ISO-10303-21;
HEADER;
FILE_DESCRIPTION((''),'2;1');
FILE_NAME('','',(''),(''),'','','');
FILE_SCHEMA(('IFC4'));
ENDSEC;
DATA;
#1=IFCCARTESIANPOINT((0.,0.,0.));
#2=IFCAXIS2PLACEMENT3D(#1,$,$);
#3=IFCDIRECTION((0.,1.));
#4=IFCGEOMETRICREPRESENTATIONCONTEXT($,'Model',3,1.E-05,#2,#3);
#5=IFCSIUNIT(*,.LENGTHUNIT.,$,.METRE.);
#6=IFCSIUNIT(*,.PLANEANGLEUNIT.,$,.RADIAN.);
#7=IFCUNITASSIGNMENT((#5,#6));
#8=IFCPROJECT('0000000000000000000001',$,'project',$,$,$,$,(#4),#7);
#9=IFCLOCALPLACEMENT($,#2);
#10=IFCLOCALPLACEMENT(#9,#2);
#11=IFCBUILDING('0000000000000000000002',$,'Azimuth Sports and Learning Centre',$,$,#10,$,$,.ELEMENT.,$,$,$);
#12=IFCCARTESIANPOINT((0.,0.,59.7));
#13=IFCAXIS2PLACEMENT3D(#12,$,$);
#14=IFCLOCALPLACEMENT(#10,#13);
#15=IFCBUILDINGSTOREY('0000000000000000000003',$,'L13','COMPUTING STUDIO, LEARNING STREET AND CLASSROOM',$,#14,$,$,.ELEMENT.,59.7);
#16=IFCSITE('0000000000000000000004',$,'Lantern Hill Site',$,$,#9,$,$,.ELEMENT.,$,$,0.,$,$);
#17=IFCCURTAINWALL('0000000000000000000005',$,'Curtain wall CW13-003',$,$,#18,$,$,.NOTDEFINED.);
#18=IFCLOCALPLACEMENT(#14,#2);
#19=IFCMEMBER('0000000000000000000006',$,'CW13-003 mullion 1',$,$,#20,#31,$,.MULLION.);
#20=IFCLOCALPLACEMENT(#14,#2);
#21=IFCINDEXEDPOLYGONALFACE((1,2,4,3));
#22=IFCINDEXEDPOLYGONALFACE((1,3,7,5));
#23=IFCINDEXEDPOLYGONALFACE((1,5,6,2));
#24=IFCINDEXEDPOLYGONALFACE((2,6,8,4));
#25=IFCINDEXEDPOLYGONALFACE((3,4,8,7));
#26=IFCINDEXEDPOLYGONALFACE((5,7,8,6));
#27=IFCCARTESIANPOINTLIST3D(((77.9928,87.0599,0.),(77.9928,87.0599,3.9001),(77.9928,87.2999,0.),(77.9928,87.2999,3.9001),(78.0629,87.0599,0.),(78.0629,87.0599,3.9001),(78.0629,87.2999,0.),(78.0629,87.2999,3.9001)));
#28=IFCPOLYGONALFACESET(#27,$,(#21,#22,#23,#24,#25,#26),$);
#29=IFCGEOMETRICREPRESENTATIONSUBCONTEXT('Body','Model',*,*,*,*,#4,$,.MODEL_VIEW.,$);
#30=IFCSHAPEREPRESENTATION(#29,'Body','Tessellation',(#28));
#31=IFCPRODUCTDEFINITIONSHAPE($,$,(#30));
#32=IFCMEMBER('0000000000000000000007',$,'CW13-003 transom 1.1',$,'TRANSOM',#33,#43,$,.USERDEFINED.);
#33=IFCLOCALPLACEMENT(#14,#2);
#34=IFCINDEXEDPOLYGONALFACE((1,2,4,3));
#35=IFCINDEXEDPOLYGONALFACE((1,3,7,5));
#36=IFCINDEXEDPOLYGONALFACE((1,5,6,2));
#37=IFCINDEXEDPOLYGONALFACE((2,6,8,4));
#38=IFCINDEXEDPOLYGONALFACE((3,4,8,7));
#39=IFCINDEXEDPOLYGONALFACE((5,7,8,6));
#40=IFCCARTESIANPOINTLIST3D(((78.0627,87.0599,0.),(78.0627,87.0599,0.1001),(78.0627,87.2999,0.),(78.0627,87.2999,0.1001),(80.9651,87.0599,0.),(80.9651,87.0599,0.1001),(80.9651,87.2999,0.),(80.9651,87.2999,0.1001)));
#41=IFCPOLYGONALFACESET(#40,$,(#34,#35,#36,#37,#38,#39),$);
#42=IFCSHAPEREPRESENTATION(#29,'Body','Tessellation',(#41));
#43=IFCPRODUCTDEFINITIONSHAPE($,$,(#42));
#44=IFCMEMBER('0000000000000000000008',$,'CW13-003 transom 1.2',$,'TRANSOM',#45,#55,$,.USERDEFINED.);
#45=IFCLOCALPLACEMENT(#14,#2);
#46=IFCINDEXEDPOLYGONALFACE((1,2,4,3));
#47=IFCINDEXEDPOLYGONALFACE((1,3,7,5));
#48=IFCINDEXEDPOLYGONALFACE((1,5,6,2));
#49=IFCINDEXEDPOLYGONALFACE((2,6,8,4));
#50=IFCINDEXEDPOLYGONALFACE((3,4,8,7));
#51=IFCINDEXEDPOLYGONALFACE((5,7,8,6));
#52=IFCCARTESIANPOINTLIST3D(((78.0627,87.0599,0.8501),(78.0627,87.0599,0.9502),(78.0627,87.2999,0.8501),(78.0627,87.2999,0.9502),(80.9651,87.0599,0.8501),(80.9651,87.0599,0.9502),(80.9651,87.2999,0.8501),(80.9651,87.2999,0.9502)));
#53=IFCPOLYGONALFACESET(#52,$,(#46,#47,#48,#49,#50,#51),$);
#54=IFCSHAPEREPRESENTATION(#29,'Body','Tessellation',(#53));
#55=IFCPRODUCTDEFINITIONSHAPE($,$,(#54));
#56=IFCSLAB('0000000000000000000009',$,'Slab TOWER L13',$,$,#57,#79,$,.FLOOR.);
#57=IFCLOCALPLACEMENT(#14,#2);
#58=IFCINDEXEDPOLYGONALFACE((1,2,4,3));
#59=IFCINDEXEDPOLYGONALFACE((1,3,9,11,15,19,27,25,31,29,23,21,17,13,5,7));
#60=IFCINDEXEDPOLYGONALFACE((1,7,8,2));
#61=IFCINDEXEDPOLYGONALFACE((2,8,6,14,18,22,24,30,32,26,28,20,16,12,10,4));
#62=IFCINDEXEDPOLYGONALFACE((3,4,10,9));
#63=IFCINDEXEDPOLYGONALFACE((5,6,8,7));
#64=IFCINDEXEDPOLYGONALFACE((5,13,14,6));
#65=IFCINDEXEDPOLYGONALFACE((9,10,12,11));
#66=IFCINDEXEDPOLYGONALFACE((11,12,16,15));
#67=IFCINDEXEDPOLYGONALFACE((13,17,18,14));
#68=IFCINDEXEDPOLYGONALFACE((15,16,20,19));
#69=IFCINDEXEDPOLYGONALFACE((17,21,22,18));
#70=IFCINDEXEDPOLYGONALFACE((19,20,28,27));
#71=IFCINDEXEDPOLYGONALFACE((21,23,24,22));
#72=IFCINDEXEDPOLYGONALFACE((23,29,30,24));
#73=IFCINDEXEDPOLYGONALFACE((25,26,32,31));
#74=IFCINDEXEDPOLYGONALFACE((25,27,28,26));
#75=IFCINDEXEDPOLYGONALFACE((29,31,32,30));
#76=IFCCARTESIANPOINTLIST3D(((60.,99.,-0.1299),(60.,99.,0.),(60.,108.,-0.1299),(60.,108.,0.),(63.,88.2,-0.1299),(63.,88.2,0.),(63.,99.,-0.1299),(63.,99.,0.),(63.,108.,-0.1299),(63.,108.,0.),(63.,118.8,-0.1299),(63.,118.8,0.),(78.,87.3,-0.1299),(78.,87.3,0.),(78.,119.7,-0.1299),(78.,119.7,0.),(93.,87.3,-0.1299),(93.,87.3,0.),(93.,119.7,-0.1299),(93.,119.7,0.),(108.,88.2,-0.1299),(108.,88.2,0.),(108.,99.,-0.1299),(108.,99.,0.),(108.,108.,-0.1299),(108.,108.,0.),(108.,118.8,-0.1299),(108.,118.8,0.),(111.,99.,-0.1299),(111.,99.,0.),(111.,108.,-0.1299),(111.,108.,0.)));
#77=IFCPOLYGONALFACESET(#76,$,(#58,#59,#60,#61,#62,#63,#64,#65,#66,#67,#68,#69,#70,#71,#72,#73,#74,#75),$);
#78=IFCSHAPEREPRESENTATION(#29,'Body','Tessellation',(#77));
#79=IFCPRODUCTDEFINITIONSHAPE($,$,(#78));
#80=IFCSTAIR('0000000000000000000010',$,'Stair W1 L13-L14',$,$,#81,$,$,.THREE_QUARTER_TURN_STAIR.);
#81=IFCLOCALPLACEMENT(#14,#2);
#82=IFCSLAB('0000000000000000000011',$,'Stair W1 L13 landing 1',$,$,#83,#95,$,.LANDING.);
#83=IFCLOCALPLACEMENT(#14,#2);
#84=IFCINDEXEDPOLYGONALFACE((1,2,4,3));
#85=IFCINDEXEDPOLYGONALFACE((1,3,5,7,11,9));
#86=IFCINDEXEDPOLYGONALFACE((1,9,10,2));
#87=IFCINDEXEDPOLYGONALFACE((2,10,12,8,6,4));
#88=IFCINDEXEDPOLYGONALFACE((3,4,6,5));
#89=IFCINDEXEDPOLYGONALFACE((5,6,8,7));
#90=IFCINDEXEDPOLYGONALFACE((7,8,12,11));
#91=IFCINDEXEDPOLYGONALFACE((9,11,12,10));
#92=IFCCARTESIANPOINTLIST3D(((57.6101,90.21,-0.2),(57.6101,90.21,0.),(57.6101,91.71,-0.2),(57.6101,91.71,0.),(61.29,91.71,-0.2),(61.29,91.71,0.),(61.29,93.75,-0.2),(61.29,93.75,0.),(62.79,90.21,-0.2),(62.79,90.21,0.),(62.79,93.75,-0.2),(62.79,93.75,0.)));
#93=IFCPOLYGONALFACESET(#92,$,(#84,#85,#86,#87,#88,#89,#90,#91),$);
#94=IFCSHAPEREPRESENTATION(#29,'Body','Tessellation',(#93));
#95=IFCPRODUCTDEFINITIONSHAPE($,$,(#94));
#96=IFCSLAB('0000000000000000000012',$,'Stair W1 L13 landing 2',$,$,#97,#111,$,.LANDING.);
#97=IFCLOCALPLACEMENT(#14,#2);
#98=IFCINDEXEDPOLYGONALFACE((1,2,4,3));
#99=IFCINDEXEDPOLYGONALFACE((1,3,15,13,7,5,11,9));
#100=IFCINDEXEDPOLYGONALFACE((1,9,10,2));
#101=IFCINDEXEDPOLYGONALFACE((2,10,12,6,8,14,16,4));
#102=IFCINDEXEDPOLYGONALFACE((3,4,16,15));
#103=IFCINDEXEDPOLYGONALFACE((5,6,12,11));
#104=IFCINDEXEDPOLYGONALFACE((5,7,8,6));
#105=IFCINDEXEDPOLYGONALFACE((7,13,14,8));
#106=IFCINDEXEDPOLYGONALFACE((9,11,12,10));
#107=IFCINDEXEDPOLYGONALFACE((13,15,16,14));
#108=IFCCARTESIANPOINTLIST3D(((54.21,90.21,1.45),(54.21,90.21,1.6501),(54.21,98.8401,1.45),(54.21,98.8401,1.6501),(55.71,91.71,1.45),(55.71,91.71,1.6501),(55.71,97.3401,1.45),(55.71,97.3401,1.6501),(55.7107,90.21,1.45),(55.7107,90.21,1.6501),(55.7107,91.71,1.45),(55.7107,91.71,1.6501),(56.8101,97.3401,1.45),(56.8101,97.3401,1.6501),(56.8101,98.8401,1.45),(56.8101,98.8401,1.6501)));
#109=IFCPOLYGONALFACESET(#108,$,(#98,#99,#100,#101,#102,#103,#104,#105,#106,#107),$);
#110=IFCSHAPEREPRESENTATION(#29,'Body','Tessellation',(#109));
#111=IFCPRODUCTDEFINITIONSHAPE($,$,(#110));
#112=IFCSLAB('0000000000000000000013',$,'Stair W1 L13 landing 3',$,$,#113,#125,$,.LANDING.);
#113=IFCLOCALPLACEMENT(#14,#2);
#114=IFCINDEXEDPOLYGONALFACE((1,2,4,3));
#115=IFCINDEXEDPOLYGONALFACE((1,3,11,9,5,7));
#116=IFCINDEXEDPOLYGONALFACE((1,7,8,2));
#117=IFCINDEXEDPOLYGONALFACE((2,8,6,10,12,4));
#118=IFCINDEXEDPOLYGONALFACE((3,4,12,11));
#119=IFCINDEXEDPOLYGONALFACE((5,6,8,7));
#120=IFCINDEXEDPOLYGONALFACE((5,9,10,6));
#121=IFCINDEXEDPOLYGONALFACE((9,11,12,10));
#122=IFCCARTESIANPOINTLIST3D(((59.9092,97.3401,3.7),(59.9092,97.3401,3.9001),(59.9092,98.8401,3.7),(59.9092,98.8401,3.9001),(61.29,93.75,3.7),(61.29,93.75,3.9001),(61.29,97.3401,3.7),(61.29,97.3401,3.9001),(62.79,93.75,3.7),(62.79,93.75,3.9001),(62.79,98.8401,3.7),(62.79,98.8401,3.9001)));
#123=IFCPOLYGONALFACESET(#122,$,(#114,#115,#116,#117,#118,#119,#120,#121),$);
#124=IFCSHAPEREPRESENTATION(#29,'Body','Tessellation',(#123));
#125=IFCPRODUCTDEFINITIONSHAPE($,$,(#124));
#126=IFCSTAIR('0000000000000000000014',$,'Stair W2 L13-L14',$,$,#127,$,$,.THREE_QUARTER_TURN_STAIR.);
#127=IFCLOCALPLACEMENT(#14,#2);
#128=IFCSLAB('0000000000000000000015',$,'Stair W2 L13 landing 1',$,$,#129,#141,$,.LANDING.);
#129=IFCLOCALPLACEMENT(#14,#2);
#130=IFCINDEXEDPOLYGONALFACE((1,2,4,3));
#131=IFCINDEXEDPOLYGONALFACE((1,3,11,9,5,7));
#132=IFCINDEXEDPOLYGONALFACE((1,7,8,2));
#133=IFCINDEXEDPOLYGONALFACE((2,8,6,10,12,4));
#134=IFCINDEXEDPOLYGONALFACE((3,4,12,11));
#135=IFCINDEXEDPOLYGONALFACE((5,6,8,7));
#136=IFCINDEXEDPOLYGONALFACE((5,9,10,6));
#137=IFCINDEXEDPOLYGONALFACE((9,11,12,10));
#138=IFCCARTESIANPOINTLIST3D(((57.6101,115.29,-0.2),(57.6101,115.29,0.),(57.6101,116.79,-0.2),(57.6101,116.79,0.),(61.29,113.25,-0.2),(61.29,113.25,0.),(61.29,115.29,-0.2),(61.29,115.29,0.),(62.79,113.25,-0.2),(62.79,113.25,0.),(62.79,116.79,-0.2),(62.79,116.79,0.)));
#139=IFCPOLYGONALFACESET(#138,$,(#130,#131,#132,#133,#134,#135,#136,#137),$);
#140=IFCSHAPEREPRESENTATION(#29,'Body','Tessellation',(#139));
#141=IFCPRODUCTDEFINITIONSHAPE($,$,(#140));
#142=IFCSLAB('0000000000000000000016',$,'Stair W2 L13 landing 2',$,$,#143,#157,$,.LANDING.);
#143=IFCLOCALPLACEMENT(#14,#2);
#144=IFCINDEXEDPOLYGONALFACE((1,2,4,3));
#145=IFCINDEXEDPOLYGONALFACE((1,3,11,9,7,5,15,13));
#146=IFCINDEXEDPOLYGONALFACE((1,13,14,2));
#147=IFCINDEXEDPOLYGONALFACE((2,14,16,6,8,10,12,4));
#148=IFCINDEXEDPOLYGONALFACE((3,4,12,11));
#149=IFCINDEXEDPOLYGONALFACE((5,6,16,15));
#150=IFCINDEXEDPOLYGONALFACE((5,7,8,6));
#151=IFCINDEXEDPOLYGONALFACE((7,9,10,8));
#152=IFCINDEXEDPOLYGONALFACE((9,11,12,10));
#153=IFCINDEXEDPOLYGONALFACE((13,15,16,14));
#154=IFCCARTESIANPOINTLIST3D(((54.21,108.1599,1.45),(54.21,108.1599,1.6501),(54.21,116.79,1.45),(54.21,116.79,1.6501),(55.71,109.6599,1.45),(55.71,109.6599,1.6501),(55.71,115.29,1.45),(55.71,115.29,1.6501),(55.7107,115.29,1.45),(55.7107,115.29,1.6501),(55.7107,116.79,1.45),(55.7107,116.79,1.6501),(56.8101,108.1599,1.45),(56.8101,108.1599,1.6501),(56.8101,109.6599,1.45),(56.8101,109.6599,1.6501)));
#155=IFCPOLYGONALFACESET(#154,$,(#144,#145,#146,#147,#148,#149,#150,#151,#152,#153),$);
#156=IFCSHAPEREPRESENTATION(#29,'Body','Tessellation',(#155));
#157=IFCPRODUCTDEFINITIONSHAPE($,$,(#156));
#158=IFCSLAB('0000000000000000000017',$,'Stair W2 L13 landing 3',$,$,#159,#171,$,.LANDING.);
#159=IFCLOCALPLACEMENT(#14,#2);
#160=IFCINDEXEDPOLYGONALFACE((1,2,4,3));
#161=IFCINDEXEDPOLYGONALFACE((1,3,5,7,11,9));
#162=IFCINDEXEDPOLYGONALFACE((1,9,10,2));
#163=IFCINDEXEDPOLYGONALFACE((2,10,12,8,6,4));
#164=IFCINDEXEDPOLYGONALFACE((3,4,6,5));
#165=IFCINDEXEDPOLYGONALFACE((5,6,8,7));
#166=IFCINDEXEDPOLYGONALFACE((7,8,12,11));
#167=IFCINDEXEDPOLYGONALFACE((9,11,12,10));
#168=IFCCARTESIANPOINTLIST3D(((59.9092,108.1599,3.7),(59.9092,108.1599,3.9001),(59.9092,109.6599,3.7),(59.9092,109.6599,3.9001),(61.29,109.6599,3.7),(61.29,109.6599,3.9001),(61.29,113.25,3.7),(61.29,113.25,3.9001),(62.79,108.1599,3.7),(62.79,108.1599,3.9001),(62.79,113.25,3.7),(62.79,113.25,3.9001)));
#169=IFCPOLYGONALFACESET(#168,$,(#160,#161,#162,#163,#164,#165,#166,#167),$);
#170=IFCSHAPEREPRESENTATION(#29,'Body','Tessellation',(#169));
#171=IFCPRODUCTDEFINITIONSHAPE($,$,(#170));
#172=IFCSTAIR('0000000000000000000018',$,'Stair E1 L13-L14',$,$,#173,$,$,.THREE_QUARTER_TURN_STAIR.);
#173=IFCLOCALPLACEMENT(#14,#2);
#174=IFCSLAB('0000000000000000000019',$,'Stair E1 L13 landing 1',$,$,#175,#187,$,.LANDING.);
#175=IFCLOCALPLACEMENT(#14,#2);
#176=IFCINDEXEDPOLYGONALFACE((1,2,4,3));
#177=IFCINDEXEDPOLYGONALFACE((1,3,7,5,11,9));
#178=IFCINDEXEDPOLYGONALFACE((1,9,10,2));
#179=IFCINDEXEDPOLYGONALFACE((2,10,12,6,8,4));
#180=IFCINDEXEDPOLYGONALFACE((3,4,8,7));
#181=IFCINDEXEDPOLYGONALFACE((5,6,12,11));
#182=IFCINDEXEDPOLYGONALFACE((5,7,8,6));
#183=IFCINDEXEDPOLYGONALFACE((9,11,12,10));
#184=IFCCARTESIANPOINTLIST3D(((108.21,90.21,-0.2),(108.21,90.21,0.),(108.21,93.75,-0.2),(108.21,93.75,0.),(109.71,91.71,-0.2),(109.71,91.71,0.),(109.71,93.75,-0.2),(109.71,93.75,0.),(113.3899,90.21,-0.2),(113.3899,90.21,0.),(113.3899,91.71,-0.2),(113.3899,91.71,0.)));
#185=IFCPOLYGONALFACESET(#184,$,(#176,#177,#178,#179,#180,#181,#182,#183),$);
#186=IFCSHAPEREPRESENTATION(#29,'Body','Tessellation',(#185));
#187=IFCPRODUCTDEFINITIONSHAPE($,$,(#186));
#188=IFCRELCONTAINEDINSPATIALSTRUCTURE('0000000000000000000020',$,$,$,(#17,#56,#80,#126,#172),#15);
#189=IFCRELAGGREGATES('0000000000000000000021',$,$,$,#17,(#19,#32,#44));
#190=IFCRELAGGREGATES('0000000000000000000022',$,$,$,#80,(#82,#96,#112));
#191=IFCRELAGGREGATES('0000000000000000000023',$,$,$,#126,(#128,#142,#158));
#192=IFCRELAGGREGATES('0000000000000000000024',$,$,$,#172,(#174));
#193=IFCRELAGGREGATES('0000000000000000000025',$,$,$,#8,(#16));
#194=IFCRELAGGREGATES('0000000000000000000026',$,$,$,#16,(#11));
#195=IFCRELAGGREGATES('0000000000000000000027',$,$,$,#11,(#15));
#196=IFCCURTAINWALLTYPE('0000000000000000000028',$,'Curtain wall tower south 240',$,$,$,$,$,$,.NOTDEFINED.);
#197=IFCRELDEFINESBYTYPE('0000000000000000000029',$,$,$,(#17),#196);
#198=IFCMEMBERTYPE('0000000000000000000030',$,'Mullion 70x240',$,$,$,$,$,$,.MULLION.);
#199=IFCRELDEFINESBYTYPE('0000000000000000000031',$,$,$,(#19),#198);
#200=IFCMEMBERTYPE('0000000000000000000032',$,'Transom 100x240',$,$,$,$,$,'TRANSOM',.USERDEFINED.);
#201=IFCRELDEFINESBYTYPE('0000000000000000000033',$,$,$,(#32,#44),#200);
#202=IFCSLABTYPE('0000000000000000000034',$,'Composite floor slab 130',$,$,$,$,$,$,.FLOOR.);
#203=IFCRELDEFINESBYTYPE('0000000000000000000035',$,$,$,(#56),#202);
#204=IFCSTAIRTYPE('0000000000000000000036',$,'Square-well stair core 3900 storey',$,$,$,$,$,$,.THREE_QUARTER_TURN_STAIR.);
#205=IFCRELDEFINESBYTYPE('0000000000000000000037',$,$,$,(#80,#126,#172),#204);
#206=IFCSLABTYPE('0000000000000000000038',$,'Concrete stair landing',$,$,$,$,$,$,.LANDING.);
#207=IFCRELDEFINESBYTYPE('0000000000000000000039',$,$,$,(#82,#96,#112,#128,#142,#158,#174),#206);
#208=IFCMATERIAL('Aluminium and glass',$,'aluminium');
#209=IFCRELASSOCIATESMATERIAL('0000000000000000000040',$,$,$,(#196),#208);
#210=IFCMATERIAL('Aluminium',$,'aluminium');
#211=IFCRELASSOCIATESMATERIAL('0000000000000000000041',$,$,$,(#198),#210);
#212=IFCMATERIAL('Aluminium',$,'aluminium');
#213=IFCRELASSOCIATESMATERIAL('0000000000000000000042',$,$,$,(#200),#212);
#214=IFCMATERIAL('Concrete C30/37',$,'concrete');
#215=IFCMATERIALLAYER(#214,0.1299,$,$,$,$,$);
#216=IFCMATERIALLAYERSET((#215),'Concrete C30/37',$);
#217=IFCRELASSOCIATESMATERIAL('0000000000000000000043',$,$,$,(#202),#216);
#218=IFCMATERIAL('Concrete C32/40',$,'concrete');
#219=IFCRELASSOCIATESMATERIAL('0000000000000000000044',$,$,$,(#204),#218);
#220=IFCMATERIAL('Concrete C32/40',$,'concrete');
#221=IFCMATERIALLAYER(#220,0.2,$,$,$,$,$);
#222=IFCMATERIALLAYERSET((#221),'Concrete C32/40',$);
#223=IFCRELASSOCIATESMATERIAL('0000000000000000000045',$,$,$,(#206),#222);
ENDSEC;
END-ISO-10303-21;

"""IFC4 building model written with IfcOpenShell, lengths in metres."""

from ifc_helpers import new_model, si_unit, direction, frame, origin, origin_2d, place, context, subcontext, project, spatial, polyline, rectangle, outline, extrude, material, layer, layer_set, material_profile, profile_set, type_object, element, aggregate, save


model = new_model("IFC4")

# Units and contexts
model_context = context("Model", 3, precision=1e-05, world=origin(), true_north=direction((0.0, 1.0)))
body_context = subcontext(model_context, "Body", "Model", "MODEL_VIEW")
ifc_project = project(units=[si_unit("LENGTHUNIT", "METRE"), si_unit("PLANEANGLEUNIT", "RADIAN")], contexts=[model_context])

# Site, building, storey
site_placement = place(None, origin())
site = spatial("IfcSite", under=ifc_project, at=site_placement, Name="Lantern Hill Site", CompositionType="ELEMENT", RefElevation=0.0)
building_placement = place(site_placement, origin())
building = spatial("IfcBuilding", under=site, at=building_placement, Name="Azimuth Sports and Learning Centre", CompositionType="ELEMENT")
storey_placement = place(building_placement, frame((0.0, 0.0, 59.7)))
storey = spatial("IfcBuildingStorey", under=building, at=storey_placement, Name="L13", Description="COMPUTING STUDIO, LEARNING STREET AND CLASSROOM", CompositionType="ELEMENT", Elevation=59.7)

# Curtain wall, members
ifc_material_1 = material(Name="Aluminium and glass", Category="aluminium")
curtain_wall_type = type_object("IfcCurtainWallType", Name="Curtain wall tower south 240", PredefinedType="NOTDEFINED", material=ifc_material_1)
curtain_wall_placement = place(storey_placement, origin())
curtain_wall = element("IfcCurtainWall", 1, at=curtain_wall_placement, inside=storey, type_object=curtain_wall_type, Name="Curtain wall CW13-003", PredefinedType="NOTDEFINED")
ifc_material_2 = material(Name="Aluminium", Category="aluminium")
ifc_material_profile_1 = material_profile(ifc_material_2, rectangle(XDim=0.24, YDim=0.0701, at=origin_2d()), Name="Mullion 70x240")
ifc_profile_set_1 = profile_set([ifc_material_profile_1], Name="Aluminium")
member_type_1 = type_object("IfcMemberType", Name="Mullion 70x240", PredefinedType="MULLION", material=ifc_profile_set_1)
member_1_placement = place(storey_placement, frame((78.0278, 87.1799, 0.0), z_axis=(0.0, 0.0, 1.0), x_axis=(0.0, 1.0, 0.0)))
member_1 = element("IfcMember", 2, at=member_1_placement, type_object=member_type_1, Name="CW13-003 mullion 1", PredefinedType="MULLION", context=body_context, shape_type="SweptSolid", body=[
    extrude(rectangle(XDim=0.24, YDim=0.0701, at=origin_2d()), origin(), (0.0, 0.0, 1.0), 3.9001),
])
ifc_material_3 = material(Name="Aluminium", Category="aluminium")
ifc_material_profile_2 = material_profile(ifc_material_3, rectangle(XDim=0.24, YDim=0.1001, at=origin_2d()), Name="Transom 100x240")
ifc_profile_set_2 = profile_set([ifc_material_profile_2], Name="Aluminium")
member_type_2 = type_object("IfcMemberType", Name="Transom 100x240", ElementType="TRANSOM", PredefinedType="USERDEFINED", material=ifc_profile_set_2)
member_2_placement = place(storey_placement, frame((78.0627, 87.1799, 0.05), z_axis=(1.0, 0.0, 0.0), x_axis=(0.0, 1.0, 0.0)))
member_2 = element("IfcMember", 3, at=member_2_placement, type_object=member_type_2, Name="CW13-003 transom 1.1", ObjectType="TRANSOM", PredefinedType="USERDEFINED", context=body_context, shape_type="SweptSolid", body=[
    extrude(rectangle(XDim=0.24, YDim=0.1001, at=origin_2d()), origin(), (0.0, 0.0, 1.0), 2.9023),
])
member_3_placement = place(storey_placement, frame((78.0627, 87.1799, 0.9001), z_axis=(1.0, 0.0, 0.0), x_axis=(0.0, 1.0, 0.0)))
member_3 = element("IfcMember", 4, at=member_3_placement, type_object=member_type_2, Name="CW13-003 transom 1.2", ObjectType="TRANSOM", PredefinedType="USERDEFINED", context=body_context, shape_type="SweptSolid", body=[
    extrude(rectangle(XDim=0.24, YDim=0.1001, at=origin_2d()), origin(), (0.0, 0.0, 1.0), 2.9023),
])
aggregate(curtain_wall, [member_1, member_2, member_3])

# Slab
ifc_material_4 = material(Name="Concrete C30/37", Category="concrete")
ifc_layer_1 = layer(ifc_material_4, 0.1299)
ifc_layer_set_1 = layer_set([ifc_layer_1], Name="Concrete C30/37")
slab_type_1 = type_object("IfcSlabType", Name="Composite floor slab 130", PredefinedType="FLOOR", material=ifc_layer_set_1)
slab_1_placement = place(storey_placement, frame((0.0, 0.0, -0.1299)))
element("IfcSlab", 5, at=slab_1_placement, inside=storey, type_object=slab_type_1, Name="Slab TOWER L13", PredefinedType="FLOOR", context=body_context, shape_type="SweptSolid", body=[
    extrude(outline(polyline([(78.0, 87.3), (93.0, 87.3), (108.0, 88.2), (108.0, 99.0), (111.0, 99.0), (111.0, 108.0), (108.0, 108.0), (108.0, 118.8), (93.0, 119.7), (78.0, 119.7), (63.0, 118.8), (63.0, 108.0), (60.0, 108.0), (60.0, 99.0), (63.0, 99.0), (63.0, 88.2), (78.0, 87.3)])), origin(), (0.0, 0.0, 1.0), 0.1299),
])

# Stairs, slabs
ifc_material_5 = material(Name="Concrete C32/40", Category="concrete")
stair_type = type_object("IfcStairType", Name="Square-well stair core 3900 storey", PredefinedType="THREE_QUARTER_TURN_STAIR", material=ifc_material_5)
stair_1_placement = place(storey_placement, origin())
stair_1 = element("IfcStair", 6, at=stair_1_placement, inside=storey, type_object=stair_type, Name="Stair W1 L13-L14", PredefinedType="THREE_QUARTER_TURN_STAIR")
ifc_material_6 = material(Name="Concrete C32/40", Category="concrete")
ifc_layer_2 = layer(ifc_material_6, 0.2)
ifc_layer_set_2 = layer_set([ifc_layer_2], Name="Concrete C32/40")
slab_type_2 = type_object("IfcSlabType", Name="Concrete stair landing", PredefinedType="LANDING", material=ifc_layer_set_2)
slab_2_placement = place(storey_placement, frame((0.0, 0.0, -0.2)))
slab_2 = element("IfcSlab", 7, at=slab_2_placement, type_object=slab_type_2, Name="Stair W1 L13 landing 1", PredefinedType="LANDING", context=body_context, shape_type="SweptSolid", body=[
    extrude(outline(polyline([(62.79, 90.21), (62.79, 93.75), (61.29, 93.75), (61.29, 91.71), (57.6101, 91.71), (57.6101, 90.21), (62.79, 90.21)])), origin(), (0.0, 0.0, 1.0), 0.2),
])
slab_3_placement = place(storey_placement, frame((0.0, 0.0, 1.45)))
slab_3 = element("IfcSlab", 8, at=slab_3_placement, type_object=slab_type_2, Name="Stair W1 L13 landing 2", PredefinedType="LANDING", context=body_context, shape_type="SweptSolid", body=[
    extrude(outline(polyline([(55.71, 91.71), (55.71, 97.3401), (56.8101, 97.3401), (56.8101, 98.8401), (54.21, 98.8401), (54.21, 90.21), (55.7107, 90.21), (55.7107, 91.71), (55.71, 91.71)])), origin(), (0.0, 0.0, 1.0), 0.2002),
])
slab_4_placement = place(storey_placement, frame((0.0, 0.0, 3.7)))
slab_4 = element("IfcSlab", 9, at=slab_4_placement, type_object=slab_type_2, Name="Stair W1 L13 landing 3", PredefinedType="LANDING", context=body_context, shape_type="SweptSolid", body=[
    extrude(outline(polyline([(61.29, 97.3401), (61.29, 93.75), (62.79, 93.75), (62.79, 98.8401), (59.9092, 98.8401), (59.9092, 97.3401), (61.29, 97.3401)])), origin(), (0.0, 0.0, 1.0), 0.2002),
])
aggregate(stair_1, [slab_2, slab_3, slab_4])
stair_2_placement = place(storey_placement, origin())
stair_2 = element("IfcStair", 10, at=stair_2_placement, inside=storey, type_object=stair_type, Name="Stair W2 L13-L14", PredefinedType="THREE_QUARTER_TURN_STAIR")
slab_5_placement = place(storey_placement, frame((0.0, 0.0, -0.2)))
slab_5 = element("IfcSlab", 11, at=slab_5_placement, type_object=slab_type_2, Name="Stair W2 L13 landing 1", PredefinedType="LANDING", context=body_context, shape_type="SweptSolid", body=[
    extrude(outline(polyline([(57.6101, 115.29), (61.29, 115.29), (61.29, 113.25), (62.79, 113.25), (62.79, 116.79), (57.6101, 116.79), (57.6101, 115.29)])), origin(), (0.0, 0.0, 1.0), 0.2),
])
slab_6_placement = place(storey_placement, frame((0.0, 0.0, 1.45)))
slab_6 = element("IfcSlab", 12, at=slab_6_placement, type_object=slab_type_2, Name="Stair W2 L13 landing 2", PredefinedType="LANDING", context=body_context, shape_type="SweptSolid", body=[
    extrude(outline(polyline([(55.71, 115.29), (55.7107, 115.29), (55.7107, 116.79), (54.21, 116.79), (54.21, 108.1599), (56.8101, 108.1599), (56.8101, 109.6599), (55.71, 109.6599), (55.71, 115.29)])), origin(), (0.0, 0.0, 1.0), 0.2002),
])
slab_7_placement = place(storey_placement, frame((0.0, 0.0, 3.7)))
slab_7 = element("IfcSlab", 13, at=slab_7_placement, type_object=slab_type_2, Name="Stair W2 L13 landing 3", PredefinedType="LANDING", context=body_context, shape_type="SweptSolid", body=[
    extrude(outline(polyline([(61.29, 109.6599), (59.9092, 109.6599), (59.9092, 108.1599), (62.79, 108.1599), (62.79, 113.25), (61.29, 113.25), (61.29, 109.6599)])), origin(), (0.0, 0.0, 1.0), 0.2002),
])
aggregate(stair_2, [slab_5, slab_6, slab_7])
stair_3_placement = place(storey_placement, origin())
stair_3 = element("IfcStair", 14, at=stair_3_placement, inside=storey, type_object=stair_type, Name="Stair E1 L13-L14", PredefinedType="THREE_QUARTER_TURN_STAIR")
slab_8_placement = place(storey_placement, frame((0.0, 0.0, -0.2)))
slab_8 = element("IfcSlab", 15, at=slab_8_placement, type_object=slab_type_2, Name="Stair E1 L13 landing 1", PredefinedType="LANDING", context=body_context, shape_type="SweptSolid", body=[
    extrude(outline(polyline([(113.3899, 91.71), (109.71, 91.71), (109.71, 93.75), (108.21, 93.75), (108.21, 90.21), (113.3899, 90.21), (113.3899, 91.71)])), origin(), (0.0, 0.0, 1.0), 0.2),
])
aggregate(stair_3, [slab_8])

save(model, "model.ifc")
